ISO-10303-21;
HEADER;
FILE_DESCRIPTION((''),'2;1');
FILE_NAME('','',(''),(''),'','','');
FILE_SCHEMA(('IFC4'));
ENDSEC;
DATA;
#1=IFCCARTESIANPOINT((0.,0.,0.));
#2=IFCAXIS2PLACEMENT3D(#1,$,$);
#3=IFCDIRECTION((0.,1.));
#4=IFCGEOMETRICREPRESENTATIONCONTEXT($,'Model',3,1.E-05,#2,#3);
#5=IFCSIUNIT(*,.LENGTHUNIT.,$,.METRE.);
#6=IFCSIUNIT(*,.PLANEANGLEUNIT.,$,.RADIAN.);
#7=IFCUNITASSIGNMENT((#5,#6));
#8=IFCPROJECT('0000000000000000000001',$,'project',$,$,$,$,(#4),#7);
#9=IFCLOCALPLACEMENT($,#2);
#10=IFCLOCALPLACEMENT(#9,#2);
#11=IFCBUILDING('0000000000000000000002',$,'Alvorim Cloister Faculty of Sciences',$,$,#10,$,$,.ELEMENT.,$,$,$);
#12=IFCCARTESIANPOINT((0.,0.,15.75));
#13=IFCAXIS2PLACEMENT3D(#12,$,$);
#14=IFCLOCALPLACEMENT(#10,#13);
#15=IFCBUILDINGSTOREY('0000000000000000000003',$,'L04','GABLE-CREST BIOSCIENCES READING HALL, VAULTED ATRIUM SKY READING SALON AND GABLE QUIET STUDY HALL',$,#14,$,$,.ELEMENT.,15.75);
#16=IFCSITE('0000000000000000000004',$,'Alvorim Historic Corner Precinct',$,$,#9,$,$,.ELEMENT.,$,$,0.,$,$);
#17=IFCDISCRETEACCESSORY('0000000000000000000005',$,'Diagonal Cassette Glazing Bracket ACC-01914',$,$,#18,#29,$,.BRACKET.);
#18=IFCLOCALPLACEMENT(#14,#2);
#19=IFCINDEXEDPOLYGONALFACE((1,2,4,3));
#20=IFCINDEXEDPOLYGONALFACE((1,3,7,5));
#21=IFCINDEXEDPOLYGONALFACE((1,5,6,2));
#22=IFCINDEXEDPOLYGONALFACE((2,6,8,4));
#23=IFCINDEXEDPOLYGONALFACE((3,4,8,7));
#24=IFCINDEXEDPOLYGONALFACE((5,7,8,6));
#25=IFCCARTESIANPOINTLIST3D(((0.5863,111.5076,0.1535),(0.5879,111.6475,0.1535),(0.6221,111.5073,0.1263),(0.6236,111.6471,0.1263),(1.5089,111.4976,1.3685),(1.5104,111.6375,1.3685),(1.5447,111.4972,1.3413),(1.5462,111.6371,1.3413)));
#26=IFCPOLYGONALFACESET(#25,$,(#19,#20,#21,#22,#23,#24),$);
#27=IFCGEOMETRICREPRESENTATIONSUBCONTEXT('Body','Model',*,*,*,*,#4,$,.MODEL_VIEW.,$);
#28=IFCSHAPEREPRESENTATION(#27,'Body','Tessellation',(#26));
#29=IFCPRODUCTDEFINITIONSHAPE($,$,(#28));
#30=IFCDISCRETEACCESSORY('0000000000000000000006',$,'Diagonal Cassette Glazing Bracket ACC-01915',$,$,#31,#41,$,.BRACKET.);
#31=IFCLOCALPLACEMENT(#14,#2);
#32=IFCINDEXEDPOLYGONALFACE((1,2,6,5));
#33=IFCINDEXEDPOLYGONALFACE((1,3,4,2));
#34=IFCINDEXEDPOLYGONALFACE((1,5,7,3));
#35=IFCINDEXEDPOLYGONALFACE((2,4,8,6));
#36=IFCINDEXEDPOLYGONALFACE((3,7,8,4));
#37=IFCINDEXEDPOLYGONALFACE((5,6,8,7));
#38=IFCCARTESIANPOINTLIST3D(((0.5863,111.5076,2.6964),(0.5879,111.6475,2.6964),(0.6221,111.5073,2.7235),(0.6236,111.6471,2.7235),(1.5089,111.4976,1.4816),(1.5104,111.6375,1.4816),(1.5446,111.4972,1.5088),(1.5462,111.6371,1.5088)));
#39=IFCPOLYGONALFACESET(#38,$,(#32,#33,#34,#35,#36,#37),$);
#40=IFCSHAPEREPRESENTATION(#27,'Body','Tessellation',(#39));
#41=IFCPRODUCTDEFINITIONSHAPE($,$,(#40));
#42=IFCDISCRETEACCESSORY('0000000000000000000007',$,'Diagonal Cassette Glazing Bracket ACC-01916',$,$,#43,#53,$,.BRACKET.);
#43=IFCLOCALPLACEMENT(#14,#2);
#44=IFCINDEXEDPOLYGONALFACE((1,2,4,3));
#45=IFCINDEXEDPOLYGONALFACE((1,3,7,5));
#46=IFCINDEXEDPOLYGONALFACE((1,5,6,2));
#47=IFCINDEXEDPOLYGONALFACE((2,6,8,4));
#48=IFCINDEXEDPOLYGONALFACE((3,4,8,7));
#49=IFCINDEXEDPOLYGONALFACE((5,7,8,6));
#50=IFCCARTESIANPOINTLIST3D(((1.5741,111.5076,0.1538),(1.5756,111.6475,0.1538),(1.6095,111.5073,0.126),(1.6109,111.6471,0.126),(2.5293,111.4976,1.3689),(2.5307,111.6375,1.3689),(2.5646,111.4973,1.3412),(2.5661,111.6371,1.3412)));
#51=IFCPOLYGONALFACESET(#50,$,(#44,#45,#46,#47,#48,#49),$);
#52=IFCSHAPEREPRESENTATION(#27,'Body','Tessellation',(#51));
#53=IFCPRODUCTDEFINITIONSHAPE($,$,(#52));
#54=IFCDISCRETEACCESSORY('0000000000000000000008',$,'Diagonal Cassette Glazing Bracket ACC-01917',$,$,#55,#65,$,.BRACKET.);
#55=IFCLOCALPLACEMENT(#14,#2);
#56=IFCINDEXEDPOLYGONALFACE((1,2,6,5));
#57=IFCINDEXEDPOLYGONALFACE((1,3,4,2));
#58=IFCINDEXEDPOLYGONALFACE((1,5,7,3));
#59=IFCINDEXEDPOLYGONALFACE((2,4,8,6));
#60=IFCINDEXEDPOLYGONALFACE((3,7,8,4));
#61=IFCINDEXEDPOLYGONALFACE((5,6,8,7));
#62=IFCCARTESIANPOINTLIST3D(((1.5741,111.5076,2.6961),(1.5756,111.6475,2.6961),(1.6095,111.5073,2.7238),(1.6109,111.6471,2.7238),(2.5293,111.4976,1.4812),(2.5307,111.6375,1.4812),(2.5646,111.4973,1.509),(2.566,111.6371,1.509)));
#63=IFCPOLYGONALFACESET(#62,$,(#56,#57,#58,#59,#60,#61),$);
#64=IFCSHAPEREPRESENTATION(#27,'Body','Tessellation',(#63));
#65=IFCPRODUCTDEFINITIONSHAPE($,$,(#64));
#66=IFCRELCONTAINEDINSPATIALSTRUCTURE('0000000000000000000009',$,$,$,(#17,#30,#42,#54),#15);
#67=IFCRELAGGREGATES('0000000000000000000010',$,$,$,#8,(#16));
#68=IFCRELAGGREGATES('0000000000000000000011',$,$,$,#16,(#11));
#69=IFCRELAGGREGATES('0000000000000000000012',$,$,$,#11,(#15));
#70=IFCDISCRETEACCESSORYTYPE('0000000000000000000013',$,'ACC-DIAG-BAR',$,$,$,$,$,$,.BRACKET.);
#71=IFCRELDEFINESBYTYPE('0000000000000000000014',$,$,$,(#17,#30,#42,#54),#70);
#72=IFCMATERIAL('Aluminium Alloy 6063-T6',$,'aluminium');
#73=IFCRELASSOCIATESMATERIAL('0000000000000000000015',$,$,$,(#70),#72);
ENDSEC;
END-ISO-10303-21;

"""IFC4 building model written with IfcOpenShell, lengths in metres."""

from ifc_helpers import new_model, si_unit, direction, frame, origin, origin_2d, place, context, subcontext, project, spatial, rectangle, extrude, material, type_object, element, save


model = new_model("IFC4")

# Units and contexts
model_context = context("Model", 3, precision=1e-05, world=origin(), true_north=direction((0.0, 1.0)))
body_context = subcontext(model_context, "Body", "Model", "MODEL_VIEW")
ifc_project = project(units=[si_unit("LENGTHUNIT", "METRE"), si_unit("PLANEANGLEUNIT", "RADIAN")], contexts=[model_context])

# Site, building, storey
site_placement = place(None, origin())
site = spatial("IfcSite", under=ifc_project, at=site_placement, Name="Alvorim Historic Corner Precinct", CompositionType="ELEMENT", RefElevation=0.0)
building_placement = place(site_placement, origin())
building = spatial("IfcBuilding", under=site, at=building_placement, Name="Alvorim Cloister Faculty of Sciences", CompositionType="ELEMENT")
storey_placement = place(building_placement, frame((0.0, 0.0, 15.75)))
storey = spatial("IfcBuildingStorey", under=building, at=storey_placement, Name="L04", Description="GABLE-CREST BIOSCIENCES READING HALL, VAULTED ATRIUM SKY READING SALON AND GABLE QUIET STUDY HALL", CompositionType="ELEMENT", Elevation=15.75)

# Shared definitions
ifc_material_1 = material(Name="Aluminium Alloy 6063-T6", Category="aluminium")

# Discrete accessories
discrete_accessory_type = type_object("IfcDiscreteAccessoryType", Name="ACC-DIAG-BAR", PredefinedType="BRACKET", material=ifc_material_1)
discrete_accessory_1_placement = place(storey_placement, frame((0.605, 111.5774, 0.1399), z_axis=(0.604713, -0.006561, 0.796416), x_axis=(0.010849, 0.999941, 0.0)))
element("IfcDiscreteAccessory", 1, at=discrete_accessory_1_placement, inside=storey, type_object=discrete_accessory_type, Name="Diagonal Cassette Glazing Bracket ACC-01914", PredefinedType="BRACKET", context=body_context, shape_type="SweptSolid", body=[
    extrude(rectangle(XDim=0.1399, YDim=0.0449, at=origin_2d()), origin(), (0.0, 0.0, 1.0), 1.5256),
])
discrete_accessory_2_placement = place(storey_placement, frame((0.605, 111.5774, 2.71), z_axis=(0.60479, -0.006562, -0.796358), x_axis=(0.010849, 0.999941, 0.0)))
element("IfcDiscreteAccessory", 2, at=discrete_accessory_2_placement, inside=storey, type_object=discrete_accessory_type, Name="Diagonal Cassette Glazing Bracket ACC-01915", PredefinedType="BRACKET", context=body_context, shape_type="SweptSolid", body=[
    extrude(rectangle(XDim=0.1399, YDim=0.0449, at=origin_2d()), origin(), (0.0, 0.0, 1.0), 1.5254),
])
discrete_accessory_3_placement = place(storey_placement, frame((1.5925, 111.5774, 0.1399), z_axis=(0.617955, -0.006477, 0.786187), x_axis=(0.01048, 0.999945, 0.0)))
element("IfcDiscreteAccessory", 3, at=discrete_accessory_3_placement, inside=storey, type_object=discrete_accessory_type, Name="Diagonal Cassette Glazing Bracket ACC-01916", PredefinedType="BRACKET", context=body_context, shape_type="SweptSolid", body=[
    extrude(rectangle(XDim=0.1399, YDim=0.0449, at=origin_2d()), origin(), (0.0, 0.0, 1.0), 1.5457),
])
discrete_accessory_4_placement = place(storey_placement, frame((1.5925, 111.5774, 2.71), z_axis=(0.618032, -0.006477, -0.786126), x_axis=(0.01048, 0.999945, 0.0)))
element("IfcDiscreteAccessory", 4, at=discrete_accessory_4_placement, inside=storey, type_object=discrete_accessory_type, Name="Diagonal Cassette Glazing Bracket ACC-01917", PredefinedType="BRACKET", context=body_context, shape_type="SweptSolid", body=[
    extrude(rectangle(XDim=0.1399, YDim=0.0449, at=origin_2d()), origin(), (0.0, 0.0, 1.0), 1.5454),
])

save(model, "model.ifc")
